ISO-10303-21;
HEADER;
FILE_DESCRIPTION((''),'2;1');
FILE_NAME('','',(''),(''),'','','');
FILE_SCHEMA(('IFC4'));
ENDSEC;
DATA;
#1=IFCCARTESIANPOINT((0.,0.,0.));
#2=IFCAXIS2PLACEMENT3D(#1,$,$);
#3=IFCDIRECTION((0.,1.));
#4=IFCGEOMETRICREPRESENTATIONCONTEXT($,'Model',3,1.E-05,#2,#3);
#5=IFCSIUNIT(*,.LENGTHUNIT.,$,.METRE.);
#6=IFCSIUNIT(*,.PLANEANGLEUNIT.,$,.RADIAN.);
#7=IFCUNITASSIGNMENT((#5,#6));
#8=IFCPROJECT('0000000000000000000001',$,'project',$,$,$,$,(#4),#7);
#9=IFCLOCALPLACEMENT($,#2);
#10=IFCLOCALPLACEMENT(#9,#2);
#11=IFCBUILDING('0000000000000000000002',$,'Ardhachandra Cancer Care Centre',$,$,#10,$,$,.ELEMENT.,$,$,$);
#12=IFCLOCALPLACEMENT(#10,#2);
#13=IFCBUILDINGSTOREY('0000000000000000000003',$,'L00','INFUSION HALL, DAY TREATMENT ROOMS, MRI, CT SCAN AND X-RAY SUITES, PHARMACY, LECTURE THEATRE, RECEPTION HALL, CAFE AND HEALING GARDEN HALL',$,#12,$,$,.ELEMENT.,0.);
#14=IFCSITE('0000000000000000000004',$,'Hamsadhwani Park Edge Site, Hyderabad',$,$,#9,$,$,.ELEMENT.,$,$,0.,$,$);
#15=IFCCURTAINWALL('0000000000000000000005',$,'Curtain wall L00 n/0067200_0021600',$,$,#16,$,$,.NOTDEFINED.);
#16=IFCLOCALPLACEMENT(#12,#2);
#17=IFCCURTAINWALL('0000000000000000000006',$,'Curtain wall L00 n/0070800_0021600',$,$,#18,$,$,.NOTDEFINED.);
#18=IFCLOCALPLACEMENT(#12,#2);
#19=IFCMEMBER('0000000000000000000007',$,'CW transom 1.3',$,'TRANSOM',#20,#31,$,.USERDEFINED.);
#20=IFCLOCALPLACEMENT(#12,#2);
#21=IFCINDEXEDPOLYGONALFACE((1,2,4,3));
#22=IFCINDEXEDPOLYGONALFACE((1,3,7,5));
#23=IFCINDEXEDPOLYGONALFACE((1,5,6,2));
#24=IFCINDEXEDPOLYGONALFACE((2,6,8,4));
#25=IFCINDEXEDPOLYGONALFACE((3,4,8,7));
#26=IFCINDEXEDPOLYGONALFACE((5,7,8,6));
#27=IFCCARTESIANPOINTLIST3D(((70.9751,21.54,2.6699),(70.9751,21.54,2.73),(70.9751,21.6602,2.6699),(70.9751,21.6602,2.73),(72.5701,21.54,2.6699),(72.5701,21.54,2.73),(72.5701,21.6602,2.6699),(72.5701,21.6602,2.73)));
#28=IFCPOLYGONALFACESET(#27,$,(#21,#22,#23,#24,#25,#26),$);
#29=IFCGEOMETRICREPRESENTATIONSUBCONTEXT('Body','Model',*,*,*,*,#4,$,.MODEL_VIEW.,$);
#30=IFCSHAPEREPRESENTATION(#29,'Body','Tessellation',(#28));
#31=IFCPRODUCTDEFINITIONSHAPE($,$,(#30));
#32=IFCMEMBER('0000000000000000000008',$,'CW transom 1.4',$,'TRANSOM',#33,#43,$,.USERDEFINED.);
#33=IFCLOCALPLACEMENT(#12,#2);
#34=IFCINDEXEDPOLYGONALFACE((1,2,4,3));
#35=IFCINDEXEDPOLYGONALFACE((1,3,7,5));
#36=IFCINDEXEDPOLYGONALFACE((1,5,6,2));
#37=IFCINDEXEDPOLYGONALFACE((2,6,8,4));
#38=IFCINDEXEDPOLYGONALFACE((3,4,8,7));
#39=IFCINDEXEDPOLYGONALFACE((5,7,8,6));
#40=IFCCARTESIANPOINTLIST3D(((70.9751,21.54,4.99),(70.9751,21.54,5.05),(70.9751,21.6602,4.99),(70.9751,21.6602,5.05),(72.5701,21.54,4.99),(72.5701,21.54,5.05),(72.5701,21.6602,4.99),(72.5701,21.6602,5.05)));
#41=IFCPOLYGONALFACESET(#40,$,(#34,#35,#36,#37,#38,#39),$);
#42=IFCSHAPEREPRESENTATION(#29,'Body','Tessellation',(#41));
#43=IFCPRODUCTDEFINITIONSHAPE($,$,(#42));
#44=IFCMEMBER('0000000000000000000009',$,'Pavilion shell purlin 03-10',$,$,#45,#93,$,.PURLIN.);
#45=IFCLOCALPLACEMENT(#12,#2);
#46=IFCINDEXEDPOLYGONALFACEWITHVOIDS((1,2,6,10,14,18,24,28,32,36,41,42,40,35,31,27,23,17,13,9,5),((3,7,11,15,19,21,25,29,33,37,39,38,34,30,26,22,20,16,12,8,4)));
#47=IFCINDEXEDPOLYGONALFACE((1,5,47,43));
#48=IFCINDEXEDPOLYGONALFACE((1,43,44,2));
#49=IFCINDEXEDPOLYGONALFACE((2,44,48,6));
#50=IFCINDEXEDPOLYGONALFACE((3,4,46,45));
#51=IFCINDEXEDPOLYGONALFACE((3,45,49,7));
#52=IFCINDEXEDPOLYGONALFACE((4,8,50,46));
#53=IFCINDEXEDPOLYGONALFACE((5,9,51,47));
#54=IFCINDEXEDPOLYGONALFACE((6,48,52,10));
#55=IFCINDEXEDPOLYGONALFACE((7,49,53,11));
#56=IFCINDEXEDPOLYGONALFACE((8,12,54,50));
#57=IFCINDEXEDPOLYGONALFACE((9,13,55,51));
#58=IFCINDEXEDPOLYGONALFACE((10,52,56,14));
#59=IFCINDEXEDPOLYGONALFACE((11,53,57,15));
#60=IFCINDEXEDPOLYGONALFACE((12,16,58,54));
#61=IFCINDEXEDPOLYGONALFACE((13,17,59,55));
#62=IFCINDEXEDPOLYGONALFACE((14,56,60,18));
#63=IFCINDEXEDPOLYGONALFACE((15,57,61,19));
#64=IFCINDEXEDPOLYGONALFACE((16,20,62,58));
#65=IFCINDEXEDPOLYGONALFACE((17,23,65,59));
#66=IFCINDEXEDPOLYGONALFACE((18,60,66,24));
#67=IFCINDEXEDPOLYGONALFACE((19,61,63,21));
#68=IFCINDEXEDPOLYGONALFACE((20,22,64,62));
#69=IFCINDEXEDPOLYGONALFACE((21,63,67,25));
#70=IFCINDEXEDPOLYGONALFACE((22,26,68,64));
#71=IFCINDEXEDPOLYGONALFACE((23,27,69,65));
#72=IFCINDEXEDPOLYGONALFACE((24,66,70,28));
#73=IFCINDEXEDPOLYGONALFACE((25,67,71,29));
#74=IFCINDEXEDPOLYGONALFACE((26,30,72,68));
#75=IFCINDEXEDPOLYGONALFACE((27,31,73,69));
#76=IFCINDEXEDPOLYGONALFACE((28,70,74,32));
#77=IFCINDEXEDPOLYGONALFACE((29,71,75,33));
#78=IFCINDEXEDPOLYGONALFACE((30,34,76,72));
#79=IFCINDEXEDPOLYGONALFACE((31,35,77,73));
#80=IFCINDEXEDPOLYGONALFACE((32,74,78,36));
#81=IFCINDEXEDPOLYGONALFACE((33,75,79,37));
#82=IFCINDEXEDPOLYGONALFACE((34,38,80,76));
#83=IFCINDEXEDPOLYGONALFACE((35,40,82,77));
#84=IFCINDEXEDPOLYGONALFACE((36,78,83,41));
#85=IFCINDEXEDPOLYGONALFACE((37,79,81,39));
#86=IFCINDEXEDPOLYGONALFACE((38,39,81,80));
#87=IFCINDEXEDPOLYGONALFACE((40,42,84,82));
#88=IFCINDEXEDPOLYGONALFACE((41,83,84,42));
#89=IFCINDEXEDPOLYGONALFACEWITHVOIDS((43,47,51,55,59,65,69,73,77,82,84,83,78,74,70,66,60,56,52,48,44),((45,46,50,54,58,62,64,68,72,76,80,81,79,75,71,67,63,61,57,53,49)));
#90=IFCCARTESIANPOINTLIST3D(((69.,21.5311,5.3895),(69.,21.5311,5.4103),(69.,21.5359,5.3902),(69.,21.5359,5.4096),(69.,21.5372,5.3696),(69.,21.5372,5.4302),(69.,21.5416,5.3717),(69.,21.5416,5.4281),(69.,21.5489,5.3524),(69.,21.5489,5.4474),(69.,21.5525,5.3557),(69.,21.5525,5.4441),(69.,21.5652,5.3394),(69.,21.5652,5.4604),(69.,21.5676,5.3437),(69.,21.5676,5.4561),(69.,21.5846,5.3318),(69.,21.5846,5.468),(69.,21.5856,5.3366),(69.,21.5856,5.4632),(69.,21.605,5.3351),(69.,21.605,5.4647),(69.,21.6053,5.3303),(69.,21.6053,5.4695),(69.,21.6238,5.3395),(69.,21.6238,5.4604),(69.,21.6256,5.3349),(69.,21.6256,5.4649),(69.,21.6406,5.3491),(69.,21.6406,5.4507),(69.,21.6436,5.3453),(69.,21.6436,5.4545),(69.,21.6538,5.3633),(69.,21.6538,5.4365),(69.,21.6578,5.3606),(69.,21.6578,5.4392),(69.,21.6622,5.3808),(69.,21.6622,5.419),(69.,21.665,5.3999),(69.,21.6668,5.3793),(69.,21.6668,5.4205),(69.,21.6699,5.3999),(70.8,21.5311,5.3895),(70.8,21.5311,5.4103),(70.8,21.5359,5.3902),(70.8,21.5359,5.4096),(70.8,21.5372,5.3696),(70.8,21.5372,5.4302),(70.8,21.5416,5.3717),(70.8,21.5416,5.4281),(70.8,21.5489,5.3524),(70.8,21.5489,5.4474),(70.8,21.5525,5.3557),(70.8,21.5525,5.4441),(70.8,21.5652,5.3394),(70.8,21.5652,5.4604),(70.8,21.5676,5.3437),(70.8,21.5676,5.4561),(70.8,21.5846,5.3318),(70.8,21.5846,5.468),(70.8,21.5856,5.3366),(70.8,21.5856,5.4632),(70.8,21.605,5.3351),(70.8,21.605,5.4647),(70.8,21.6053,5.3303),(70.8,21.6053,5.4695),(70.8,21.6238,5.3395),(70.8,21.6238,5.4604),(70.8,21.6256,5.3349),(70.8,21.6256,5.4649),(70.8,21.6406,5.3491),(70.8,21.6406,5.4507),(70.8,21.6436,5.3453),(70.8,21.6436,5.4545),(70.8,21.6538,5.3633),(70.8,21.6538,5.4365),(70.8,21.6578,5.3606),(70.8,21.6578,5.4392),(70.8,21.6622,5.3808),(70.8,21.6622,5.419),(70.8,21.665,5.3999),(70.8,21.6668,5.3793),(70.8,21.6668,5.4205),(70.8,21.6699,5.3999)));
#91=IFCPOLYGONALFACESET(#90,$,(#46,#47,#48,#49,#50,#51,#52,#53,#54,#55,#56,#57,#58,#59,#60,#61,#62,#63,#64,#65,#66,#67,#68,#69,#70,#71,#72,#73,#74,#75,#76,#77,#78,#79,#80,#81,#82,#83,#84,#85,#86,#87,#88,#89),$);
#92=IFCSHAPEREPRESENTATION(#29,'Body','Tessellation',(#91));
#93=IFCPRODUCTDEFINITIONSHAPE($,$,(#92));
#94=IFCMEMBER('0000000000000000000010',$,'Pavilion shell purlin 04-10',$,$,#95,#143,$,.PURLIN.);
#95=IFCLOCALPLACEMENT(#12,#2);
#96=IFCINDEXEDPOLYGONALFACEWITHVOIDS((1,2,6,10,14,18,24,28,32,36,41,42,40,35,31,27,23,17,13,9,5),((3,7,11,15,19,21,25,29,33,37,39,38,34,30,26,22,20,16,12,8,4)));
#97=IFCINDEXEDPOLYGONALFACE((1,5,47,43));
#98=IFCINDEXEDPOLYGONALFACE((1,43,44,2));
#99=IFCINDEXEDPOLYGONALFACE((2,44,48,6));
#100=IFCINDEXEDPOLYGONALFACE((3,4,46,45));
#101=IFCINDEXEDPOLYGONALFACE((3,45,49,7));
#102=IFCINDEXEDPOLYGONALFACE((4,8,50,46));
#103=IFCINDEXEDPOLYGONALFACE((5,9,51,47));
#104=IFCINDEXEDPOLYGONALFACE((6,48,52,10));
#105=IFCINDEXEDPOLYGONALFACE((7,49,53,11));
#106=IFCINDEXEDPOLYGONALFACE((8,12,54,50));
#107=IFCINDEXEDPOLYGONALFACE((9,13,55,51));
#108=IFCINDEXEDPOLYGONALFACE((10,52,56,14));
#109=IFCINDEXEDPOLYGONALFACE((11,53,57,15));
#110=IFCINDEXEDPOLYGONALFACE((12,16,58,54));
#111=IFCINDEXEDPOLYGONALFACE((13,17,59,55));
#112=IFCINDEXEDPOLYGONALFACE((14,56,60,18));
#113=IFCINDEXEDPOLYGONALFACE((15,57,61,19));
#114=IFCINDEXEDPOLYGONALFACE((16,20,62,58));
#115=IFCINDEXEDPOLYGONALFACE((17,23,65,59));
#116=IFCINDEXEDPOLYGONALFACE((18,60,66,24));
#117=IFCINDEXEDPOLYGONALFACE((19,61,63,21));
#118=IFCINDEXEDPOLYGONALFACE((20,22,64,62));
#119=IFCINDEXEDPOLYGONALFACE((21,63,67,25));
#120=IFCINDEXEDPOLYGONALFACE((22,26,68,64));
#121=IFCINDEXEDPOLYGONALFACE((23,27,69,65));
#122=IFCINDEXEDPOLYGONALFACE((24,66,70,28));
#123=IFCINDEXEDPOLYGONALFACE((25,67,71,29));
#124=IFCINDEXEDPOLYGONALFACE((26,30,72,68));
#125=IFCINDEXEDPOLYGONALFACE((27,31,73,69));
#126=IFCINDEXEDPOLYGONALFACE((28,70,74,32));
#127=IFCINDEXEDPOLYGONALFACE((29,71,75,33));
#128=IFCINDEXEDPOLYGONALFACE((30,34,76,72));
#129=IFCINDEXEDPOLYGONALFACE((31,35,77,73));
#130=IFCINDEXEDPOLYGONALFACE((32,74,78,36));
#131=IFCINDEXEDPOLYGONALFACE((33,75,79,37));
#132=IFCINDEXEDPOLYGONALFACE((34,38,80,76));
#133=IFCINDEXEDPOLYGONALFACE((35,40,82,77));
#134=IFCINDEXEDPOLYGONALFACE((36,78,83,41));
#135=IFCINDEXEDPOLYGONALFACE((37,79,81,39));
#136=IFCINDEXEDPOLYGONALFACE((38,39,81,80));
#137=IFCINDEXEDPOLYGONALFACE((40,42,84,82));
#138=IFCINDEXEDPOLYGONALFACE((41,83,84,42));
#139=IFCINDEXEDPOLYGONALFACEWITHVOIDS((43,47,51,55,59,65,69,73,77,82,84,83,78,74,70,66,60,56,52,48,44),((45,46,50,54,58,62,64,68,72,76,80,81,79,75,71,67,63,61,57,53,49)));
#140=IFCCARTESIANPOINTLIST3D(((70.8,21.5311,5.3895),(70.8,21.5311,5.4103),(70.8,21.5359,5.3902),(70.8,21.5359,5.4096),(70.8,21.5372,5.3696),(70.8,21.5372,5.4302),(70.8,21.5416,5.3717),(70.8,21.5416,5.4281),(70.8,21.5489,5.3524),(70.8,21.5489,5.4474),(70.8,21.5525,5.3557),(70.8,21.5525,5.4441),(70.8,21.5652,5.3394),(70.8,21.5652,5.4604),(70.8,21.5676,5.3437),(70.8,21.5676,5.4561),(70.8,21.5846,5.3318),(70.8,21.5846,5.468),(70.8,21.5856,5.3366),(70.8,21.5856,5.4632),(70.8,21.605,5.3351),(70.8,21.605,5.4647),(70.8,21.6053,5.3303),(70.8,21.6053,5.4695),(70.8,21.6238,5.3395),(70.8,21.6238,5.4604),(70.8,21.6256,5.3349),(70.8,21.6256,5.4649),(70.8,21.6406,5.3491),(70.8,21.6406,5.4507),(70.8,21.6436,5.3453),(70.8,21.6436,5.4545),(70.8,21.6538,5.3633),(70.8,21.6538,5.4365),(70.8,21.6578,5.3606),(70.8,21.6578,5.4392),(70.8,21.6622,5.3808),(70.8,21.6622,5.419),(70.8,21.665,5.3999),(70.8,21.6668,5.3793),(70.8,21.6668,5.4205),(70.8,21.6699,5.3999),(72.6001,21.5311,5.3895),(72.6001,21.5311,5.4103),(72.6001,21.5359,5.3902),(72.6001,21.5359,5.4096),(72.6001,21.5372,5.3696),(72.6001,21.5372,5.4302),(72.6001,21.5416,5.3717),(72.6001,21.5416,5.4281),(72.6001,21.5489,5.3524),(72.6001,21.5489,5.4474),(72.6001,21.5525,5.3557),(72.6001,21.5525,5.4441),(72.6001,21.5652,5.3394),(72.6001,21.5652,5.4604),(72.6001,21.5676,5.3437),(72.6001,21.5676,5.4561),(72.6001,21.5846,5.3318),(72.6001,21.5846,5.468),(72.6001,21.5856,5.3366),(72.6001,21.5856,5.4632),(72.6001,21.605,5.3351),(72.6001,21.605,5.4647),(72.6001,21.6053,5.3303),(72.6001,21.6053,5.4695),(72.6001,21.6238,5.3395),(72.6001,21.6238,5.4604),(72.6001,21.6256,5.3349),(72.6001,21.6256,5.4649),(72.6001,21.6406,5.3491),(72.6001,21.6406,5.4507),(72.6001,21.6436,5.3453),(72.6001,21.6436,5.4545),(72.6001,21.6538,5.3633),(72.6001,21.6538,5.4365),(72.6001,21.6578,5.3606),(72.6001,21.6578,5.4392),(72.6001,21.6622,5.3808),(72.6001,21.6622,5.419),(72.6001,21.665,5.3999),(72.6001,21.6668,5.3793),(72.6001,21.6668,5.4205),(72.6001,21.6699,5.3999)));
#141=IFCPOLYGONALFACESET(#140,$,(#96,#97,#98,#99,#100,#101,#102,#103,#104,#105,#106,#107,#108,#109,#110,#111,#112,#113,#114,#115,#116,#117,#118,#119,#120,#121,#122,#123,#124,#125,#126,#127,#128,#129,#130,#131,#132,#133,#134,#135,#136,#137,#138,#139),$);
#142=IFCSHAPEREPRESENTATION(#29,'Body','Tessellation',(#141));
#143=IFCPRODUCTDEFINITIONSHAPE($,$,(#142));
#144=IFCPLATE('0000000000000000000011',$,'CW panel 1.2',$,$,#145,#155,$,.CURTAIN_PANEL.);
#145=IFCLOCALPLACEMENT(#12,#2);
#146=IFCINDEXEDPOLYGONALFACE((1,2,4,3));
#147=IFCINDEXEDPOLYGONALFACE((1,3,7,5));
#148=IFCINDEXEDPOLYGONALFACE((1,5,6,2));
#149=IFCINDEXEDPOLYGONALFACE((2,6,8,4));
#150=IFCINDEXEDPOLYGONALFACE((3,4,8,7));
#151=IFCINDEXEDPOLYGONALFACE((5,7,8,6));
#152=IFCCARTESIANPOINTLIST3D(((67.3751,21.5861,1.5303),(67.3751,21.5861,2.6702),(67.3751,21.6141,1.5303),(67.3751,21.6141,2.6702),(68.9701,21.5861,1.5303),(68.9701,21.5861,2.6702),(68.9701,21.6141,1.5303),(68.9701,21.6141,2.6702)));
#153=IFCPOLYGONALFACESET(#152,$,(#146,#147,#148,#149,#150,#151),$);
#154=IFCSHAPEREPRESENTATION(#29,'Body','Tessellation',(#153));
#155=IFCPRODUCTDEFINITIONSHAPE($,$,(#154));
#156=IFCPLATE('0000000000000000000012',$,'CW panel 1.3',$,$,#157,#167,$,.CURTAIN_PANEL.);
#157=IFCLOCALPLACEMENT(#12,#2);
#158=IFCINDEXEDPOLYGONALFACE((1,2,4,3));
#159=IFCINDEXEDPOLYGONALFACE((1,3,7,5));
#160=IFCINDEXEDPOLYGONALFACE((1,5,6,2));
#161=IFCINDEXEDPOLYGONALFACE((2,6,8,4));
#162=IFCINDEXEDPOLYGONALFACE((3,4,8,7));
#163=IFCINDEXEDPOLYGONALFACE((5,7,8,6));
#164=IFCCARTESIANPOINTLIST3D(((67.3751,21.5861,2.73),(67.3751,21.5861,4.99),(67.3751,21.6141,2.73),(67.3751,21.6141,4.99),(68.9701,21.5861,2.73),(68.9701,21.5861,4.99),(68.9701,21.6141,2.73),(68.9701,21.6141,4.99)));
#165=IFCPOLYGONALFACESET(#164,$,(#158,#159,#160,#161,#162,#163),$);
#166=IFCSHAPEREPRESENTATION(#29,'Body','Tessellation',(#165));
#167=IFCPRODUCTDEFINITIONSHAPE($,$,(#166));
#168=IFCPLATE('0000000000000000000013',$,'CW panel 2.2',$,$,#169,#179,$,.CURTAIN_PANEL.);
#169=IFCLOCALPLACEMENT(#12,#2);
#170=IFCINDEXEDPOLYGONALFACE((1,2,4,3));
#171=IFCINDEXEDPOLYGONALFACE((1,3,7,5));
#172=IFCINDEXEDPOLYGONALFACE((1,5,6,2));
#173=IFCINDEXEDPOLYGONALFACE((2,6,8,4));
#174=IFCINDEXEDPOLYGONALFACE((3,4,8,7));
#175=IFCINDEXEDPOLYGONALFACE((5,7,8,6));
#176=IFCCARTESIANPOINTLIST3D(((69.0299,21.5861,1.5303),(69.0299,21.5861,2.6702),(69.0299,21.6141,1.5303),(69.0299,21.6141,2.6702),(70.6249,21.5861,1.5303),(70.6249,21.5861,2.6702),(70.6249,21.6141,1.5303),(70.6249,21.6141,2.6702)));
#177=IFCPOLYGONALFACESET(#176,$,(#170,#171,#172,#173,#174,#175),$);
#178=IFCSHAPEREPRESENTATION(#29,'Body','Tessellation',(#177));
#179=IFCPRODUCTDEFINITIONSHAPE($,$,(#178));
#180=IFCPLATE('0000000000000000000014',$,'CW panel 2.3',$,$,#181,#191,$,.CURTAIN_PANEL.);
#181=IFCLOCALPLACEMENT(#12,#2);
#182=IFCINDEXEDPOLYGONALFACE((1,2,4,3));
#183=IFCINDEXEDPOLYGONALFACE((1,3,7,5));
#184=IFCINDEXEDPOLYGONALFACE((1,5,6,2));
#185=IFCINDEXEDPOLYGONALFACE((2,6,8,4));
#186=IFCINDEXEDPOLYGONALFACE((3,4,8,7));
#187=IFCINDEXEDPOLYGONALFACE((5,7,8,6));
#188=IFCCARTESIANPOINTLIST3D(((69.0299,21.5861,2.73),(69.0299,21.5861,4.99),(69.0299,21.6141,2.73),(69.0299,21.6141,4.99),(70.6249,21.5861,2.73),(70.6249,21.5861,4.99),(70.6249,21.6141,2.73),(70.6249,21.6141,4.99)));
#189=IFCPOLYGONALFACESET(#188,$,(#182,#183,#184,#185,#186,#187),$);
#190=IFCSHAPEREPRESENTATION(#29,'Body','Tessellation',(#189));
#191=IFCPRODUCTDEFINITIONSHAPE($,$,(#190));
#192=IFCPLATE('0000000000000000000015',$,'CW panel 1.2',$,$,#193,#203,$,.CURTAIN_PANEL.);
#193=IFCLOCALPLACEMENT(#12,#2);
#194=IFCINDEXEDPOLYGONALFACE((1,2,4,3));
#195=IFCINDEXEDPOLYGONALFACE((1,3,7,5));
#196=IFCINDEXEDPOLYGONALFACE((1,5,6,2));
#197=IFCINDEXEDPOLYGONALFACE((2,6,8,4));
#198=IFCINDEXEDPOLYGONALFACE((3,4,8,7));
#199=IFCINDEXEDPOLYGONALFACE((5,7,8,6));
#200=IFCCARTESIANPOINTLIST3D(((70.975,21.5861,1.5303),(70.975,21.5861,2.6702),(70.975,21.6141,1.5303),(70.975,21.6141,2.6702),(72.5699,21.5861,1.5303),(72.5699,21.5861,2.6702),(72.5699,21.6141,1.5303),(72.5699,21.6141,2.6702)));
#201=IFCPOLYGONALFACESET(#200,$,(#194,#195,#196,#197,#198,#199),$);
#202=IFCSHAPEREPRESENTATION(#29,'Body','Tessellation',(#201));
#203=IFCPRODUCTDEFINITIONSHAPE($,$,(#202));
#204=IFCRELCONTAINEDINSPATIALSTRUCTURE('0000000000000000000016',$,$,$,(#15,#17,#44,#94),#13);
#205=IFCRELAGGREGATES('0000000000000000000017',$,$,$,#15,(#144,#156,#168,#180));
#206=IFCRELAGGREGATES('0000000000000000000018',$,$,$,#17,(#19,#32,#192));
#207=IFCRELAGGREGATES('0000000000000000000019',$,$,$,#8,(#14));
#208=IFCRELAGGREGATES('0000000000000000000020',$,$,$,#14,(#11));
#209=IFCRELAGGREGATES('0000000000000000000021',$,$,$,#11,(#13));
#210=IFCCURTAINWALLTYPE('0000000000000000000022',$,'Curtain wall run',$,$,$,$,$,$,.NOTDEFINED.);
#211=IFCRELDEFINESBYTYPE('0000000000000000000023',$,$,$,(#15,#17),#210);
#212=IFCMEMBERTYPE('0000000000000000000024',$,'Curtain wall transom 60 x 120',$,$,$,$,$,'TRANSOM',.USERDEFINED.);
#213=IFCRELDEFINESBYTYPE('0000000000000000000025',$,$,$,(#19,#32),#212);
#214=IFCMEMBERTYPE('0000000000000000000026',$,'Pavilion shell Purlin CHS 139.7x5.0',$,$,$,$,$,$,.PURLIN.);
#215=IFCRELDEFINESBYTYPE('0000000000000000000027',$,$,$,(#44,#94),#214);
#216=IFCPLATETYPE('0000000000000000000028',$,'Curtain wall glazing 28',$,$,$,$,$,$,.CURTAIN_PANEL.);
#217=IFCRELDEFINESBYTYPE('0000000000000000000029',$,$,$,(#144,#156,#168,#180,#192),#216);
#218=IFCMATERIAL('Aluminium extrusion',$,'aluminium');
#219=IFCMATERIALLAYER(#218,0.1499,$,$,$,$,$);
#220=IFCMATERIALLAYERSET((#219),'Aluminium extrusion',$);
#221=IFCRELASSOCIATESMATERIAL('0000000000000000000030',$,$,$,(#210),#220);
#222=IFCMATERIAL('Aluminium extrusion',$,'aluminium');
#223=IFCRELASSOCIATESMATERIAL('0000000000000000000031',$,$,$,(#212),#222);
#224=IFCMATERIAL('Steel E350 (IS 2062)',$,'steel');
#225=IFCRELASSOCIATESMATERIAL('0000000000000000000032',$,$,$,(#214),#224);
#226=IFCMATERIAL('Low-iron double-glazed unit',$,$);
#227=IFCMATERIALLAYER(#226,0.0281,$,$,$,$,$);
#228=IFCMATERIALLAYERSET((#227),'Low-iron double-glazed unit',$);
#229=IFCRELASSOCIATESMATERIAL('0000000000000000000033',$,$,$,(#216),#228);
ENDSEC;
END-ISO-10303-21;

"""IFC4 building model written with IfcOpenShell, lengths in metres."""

from ifc_helpers import new_model, si_unit, direction, frame, origin, origin_2d, place, context, subcontext, project, spatial, rectangle, hollow_circle, extrude, material, layer, layer_set, material_profile, profile_set, type_object, element, aggregate, save


model = new_model("IFC4")

# Units and contexts
model_context = context("Model", 3, precision=1e-05, world=origin(), true_north=direction((0.0, 1.0)))
body_context = subcontext(model_context, "Body", "Model", "MODEL_VIEW")
ifc_project = project(units=[si_unit("LENGTHUNIT", "METRE"), si_unit("PLANEANGLEUNIT", "RADIAN")], contexts=[model_context])

# Site, building, storey
site_placement = place(None, origin())
site = spatial("IfcSite", under=ifc_project, at=site_placement, Name="Hamsadhwani Park Edge Site, Hyderabad", CompositionType="ELEMENT", RefElevation=0.0)
building_placement = place(site_placement, origin())
building = spatial("IfcBuilding", under=site, at=building_placement, Name="Ardhachandra Cancer Care Centre", CompositionType="ELEMENT")
storey_placement = place(building_placement, origin())
storey = spatial("IfcBuildingStorey", under=building, at=storey_placement, Name="L00", Description="INFUSION HALL, DAY TREATMENT ROOMS, MRI, CT SCAN AND X-RAY SUITES, PHARMACY, LECTURE THEATRE, RECEPTION HALL, CAFE AND HEALING GARDEN HALL", CompositionType="ELEMENT", Elevation=0.0)

# Curtain wall
ifc_material_1 = material(Name="Aluminium extrusion", Category="aluminium")
ifc_layer_1 = layer(ifc_material_1, 0.1499)
ifc_layer_set_1 = layer_set([ifc_layer_1], Name="Aluminium extrusion")
curtain_wall_type = type_object("IfcCurtainWallType", Name="Curtain wall run", PredefinedType="NOTDEFINED", material=ifc_layer_set_1)
curtain_wall_1_placement = place(storey_placement, origin())
curtain_wall_1 = element("IfcCurtainWall", 1, at=curtain_wall_1_placement, inside=storey, type_object=curtain_wall_type, Name="Curtain wall L00 n/0067200_0021600", PredefinedType="NOTDEFINED")

# Curtain wall
curtain_wall_2_placement = place(storey_placement, origin())
curtain_wall_2 = element("IfcCurtainWall", 2, at=curtain_wall_2_placement, inside=storey, type_object=curtain_wall_type, Name="Curtain wall L00 n/0070800_0021600", PredefinedType="NOTDEFINED")

# Members
ifc_material_2 = material(Name="Aluminium extrusion", Category="aluminium")
ifc_material_profile_1 = material_profile(ifc_material_2, rectangle(XDim=0.1201, YDim=0.0601, at=origin_2d()), Name="Curtain wall transom 60 x 120")
ifc_profile_set_1 = profile_set([ifc_material_profile_1], Name="Aluminium extrusion")
member_type_1 = type_object("IfcMemberType", Name="Curtain wall transom 60 x 120", ElementType="TRANSOM", PredefinedType="USERDEFINED", material=ifc_profile_set_1)
member_1_placement = place(storey_placement, frame((70.9751, 21.6001, 2.7), z_axis=(1.0, 0.0, 0.0), x_axis=(0.0, 1.0, 0.0)))
member_1 = element("IfcMember", 3, at=member_1_placement, type_object=member_type_1, Name="CW transom 1.3", ObjectType="TRANSOM", PredefinedType="USERDEFINED", context=body_context, shape_type="SweptSolid", body=[
    extrude(rectangle(XDim=0.1201, YDim=0.0601, at=origin_2d()), origin(), (0.0, 0.0, 1.0), 1.595),
])
member_2_placement = place(storey_placement, frame((70.9751, 21.6001, 5.02), z_axis=(1.0, 0.0, 0.0), x_axis=(0.0, 1.0, 0.0)))
member_2 = element("IfcMember", 4, at=member_2_placement, type_object=member_type_1, Name="CW transom 1.4", ObjectType="TRANSOM", PredefinedType="USERDEFINED", context=body_context, shape_type="SweptSolid", body=[
    extrude(rectangle(XDim=0.1201, YDim=0.0601, at=origin_2d()), origin(), (0.0, 0.0, 1.0), 1.595),
])

# Members
ifc_material_3 = material(Name="Steel E350 (IS 2062)", Category="steel")
ifc_material_profile_2 = material_profile(ifc_material_3, hollow_circle(Radius=0.0698, WallThickness=0.0049, at=origin_2d()), Name="CHS 139.7x5.0")
ifc_profile_set_2 = profile_set([ifc_material_profile_2], Name="Steel E350 (IS 2062)")
member_type_2 = type_object("IfcMemberType", Name="Pavilion shell Purlin CHS 139.7x5.0", PredefinedType="PURLIN", material=ifc_profile_set_2)
for number, where, z_axis, x_axis, name in (
    (5, (69.0, 21.6001, 5.3999), (1.0, 0.0, 0.0), (0.0, 1.0, 0.0), "Pavilion shell purlin 03-10"),
    (6, (70.8, 21.6001, 5.3999), (1.0, 0.0, 0.0), (0.0, 1.0, 0.0), "Pavilion shell purlin 04-10"),
):
    element("IfcMember", number, at=place(storey_placement, frame(where, z_axis=z_axis, x_axis=x_axis)), inside=storey, type_object=member_type_2, Name=name, PredefinedType="PURLIN", context=body_context, shape_type="SweptSolid", body=[
        extrude(hollow_circle(Radius=0.0698, WallThickness=0.0049, at=origin_2d()), origin(), (0.0, 0.0, 1.0), 1.8),
    ])

# Plates
ifc_material_4 = material(Name="Low-iron double-glazed unit")
ifc_layer_2 = layer(ifc_material_4, 0.0281)
ifc_layer_set_2 = layer_set([ifc_layer_2], Name="Low-iron double-glazed unit")
plate_type_1 = type_object("IfcPlateType", Name="Curtain wall glazing 28", PredefinedType="CURTAIN_PANEL", material=ifc_layer_set_2)
plate_1_placement = place(storey_placement, frame((68.1726, 21.6001, 1.5303), z_axis=(0.0, 0.0, 1.0), x_axis=(1.0, 0.0, 0.0)))
plate_1 = element("IfcPlate", 7, at=plate_1_placement, type_object=plate_type_1, Name="CW panel 1.2", PredefinedType="CURTAIN_PANEL", context=body_context, shape_type="SweptSolid", body=[
    extrude(rectangle(XDim=1.595, YDim=0.0281, at=origin_2d()), origin(), (0.0, 0.0, 1.0), 1.1399),
])
plate_2_placement = place(storey_placement, frame((68.1726, 21.6001, 2.73), z_axis=(0.0, 0.0, 1.0), x_axis=(1.0, 0.0, 0.0)))
plate_2 = element("IfcPlate", 8, at=plate_2_placement, type_object=plate_type_1, Name="CW panel 1.3", PredefinedType="CURTAIN_PANEL", context=body_context, shape_type="SweptSolid", body=[
    extrude(rectangle(XDim=1.595, YDim=0.0281, at=origin_2d()), origin(), (0.0, 0.0, 1.0), 2.26),
])
plate_3_placement = place(storey_placement, frame((69.8274, 21.6001, 1.5303), z_axis=(0.0, 0.0, 1.0), x_axis=(1.0, 0.0, 0.0)))
plate_3 = element("IfcPlate", 9, at=plate_3_placement, type_object=plate_type_1, Name="CW panel 2.2", PredefinedType="CURTAIN_PANEL", context=body_context, shape_type="SweptSolid", body=[
    extrude(rectangle(XDim=1.595, YDim=0.0281, at=origin_2d()), origin(), (0.0, 0.0, 1.0), 1.1399),
])
plate_4_placement = place(storey_placement, frame((69.8274, 21.6001, 2.73), z_axis=(0.0, 0.0, 1.0), x_axis=(1.0, 0.0, 0.0)))
plate_4 = element("IfcPlate", 10, at=plate_4_placement, type_object=plate_type_1, Name="CW panel 2.3", PredefinedType="CURTAIN_PANEL", context=body_context, shape_type="SweptSolid", body=[
    extrude(rectangle(XDim=1.595, YDim=0.0281, at=origin_2d()), origin(), (0.0, 0.0, 1.0), 2.26),
])
plate_5_placement = place(storey_placement, frame((71.7725, 21.6001, 1.5303), z_axis=(0.0, 0.0, 1.0), x_axis=(1.0, 0.0, 0.0)))
plate_5 = element("IfcPlate", 11, at=plate_5_placement, type_object=plate_type_1, Name="CW panel 1.2", PredefinedType="CURTAIN_PANEL", context=body_context, shape_type="SweptSolid", body=[
    extrude(rectangle(XDim=1.595, YDim=0.0281, at=origin_2d()), origin(), (0.0, 0.0, 1.0), 1.1399),
])
aggregate(curtain_wall_1, [plate_1, plate_2, plate_3, plate_4])
aggregate(curtain_wall_2, [member_1, member_2, plate_5])

save(model, "model.ifc")
